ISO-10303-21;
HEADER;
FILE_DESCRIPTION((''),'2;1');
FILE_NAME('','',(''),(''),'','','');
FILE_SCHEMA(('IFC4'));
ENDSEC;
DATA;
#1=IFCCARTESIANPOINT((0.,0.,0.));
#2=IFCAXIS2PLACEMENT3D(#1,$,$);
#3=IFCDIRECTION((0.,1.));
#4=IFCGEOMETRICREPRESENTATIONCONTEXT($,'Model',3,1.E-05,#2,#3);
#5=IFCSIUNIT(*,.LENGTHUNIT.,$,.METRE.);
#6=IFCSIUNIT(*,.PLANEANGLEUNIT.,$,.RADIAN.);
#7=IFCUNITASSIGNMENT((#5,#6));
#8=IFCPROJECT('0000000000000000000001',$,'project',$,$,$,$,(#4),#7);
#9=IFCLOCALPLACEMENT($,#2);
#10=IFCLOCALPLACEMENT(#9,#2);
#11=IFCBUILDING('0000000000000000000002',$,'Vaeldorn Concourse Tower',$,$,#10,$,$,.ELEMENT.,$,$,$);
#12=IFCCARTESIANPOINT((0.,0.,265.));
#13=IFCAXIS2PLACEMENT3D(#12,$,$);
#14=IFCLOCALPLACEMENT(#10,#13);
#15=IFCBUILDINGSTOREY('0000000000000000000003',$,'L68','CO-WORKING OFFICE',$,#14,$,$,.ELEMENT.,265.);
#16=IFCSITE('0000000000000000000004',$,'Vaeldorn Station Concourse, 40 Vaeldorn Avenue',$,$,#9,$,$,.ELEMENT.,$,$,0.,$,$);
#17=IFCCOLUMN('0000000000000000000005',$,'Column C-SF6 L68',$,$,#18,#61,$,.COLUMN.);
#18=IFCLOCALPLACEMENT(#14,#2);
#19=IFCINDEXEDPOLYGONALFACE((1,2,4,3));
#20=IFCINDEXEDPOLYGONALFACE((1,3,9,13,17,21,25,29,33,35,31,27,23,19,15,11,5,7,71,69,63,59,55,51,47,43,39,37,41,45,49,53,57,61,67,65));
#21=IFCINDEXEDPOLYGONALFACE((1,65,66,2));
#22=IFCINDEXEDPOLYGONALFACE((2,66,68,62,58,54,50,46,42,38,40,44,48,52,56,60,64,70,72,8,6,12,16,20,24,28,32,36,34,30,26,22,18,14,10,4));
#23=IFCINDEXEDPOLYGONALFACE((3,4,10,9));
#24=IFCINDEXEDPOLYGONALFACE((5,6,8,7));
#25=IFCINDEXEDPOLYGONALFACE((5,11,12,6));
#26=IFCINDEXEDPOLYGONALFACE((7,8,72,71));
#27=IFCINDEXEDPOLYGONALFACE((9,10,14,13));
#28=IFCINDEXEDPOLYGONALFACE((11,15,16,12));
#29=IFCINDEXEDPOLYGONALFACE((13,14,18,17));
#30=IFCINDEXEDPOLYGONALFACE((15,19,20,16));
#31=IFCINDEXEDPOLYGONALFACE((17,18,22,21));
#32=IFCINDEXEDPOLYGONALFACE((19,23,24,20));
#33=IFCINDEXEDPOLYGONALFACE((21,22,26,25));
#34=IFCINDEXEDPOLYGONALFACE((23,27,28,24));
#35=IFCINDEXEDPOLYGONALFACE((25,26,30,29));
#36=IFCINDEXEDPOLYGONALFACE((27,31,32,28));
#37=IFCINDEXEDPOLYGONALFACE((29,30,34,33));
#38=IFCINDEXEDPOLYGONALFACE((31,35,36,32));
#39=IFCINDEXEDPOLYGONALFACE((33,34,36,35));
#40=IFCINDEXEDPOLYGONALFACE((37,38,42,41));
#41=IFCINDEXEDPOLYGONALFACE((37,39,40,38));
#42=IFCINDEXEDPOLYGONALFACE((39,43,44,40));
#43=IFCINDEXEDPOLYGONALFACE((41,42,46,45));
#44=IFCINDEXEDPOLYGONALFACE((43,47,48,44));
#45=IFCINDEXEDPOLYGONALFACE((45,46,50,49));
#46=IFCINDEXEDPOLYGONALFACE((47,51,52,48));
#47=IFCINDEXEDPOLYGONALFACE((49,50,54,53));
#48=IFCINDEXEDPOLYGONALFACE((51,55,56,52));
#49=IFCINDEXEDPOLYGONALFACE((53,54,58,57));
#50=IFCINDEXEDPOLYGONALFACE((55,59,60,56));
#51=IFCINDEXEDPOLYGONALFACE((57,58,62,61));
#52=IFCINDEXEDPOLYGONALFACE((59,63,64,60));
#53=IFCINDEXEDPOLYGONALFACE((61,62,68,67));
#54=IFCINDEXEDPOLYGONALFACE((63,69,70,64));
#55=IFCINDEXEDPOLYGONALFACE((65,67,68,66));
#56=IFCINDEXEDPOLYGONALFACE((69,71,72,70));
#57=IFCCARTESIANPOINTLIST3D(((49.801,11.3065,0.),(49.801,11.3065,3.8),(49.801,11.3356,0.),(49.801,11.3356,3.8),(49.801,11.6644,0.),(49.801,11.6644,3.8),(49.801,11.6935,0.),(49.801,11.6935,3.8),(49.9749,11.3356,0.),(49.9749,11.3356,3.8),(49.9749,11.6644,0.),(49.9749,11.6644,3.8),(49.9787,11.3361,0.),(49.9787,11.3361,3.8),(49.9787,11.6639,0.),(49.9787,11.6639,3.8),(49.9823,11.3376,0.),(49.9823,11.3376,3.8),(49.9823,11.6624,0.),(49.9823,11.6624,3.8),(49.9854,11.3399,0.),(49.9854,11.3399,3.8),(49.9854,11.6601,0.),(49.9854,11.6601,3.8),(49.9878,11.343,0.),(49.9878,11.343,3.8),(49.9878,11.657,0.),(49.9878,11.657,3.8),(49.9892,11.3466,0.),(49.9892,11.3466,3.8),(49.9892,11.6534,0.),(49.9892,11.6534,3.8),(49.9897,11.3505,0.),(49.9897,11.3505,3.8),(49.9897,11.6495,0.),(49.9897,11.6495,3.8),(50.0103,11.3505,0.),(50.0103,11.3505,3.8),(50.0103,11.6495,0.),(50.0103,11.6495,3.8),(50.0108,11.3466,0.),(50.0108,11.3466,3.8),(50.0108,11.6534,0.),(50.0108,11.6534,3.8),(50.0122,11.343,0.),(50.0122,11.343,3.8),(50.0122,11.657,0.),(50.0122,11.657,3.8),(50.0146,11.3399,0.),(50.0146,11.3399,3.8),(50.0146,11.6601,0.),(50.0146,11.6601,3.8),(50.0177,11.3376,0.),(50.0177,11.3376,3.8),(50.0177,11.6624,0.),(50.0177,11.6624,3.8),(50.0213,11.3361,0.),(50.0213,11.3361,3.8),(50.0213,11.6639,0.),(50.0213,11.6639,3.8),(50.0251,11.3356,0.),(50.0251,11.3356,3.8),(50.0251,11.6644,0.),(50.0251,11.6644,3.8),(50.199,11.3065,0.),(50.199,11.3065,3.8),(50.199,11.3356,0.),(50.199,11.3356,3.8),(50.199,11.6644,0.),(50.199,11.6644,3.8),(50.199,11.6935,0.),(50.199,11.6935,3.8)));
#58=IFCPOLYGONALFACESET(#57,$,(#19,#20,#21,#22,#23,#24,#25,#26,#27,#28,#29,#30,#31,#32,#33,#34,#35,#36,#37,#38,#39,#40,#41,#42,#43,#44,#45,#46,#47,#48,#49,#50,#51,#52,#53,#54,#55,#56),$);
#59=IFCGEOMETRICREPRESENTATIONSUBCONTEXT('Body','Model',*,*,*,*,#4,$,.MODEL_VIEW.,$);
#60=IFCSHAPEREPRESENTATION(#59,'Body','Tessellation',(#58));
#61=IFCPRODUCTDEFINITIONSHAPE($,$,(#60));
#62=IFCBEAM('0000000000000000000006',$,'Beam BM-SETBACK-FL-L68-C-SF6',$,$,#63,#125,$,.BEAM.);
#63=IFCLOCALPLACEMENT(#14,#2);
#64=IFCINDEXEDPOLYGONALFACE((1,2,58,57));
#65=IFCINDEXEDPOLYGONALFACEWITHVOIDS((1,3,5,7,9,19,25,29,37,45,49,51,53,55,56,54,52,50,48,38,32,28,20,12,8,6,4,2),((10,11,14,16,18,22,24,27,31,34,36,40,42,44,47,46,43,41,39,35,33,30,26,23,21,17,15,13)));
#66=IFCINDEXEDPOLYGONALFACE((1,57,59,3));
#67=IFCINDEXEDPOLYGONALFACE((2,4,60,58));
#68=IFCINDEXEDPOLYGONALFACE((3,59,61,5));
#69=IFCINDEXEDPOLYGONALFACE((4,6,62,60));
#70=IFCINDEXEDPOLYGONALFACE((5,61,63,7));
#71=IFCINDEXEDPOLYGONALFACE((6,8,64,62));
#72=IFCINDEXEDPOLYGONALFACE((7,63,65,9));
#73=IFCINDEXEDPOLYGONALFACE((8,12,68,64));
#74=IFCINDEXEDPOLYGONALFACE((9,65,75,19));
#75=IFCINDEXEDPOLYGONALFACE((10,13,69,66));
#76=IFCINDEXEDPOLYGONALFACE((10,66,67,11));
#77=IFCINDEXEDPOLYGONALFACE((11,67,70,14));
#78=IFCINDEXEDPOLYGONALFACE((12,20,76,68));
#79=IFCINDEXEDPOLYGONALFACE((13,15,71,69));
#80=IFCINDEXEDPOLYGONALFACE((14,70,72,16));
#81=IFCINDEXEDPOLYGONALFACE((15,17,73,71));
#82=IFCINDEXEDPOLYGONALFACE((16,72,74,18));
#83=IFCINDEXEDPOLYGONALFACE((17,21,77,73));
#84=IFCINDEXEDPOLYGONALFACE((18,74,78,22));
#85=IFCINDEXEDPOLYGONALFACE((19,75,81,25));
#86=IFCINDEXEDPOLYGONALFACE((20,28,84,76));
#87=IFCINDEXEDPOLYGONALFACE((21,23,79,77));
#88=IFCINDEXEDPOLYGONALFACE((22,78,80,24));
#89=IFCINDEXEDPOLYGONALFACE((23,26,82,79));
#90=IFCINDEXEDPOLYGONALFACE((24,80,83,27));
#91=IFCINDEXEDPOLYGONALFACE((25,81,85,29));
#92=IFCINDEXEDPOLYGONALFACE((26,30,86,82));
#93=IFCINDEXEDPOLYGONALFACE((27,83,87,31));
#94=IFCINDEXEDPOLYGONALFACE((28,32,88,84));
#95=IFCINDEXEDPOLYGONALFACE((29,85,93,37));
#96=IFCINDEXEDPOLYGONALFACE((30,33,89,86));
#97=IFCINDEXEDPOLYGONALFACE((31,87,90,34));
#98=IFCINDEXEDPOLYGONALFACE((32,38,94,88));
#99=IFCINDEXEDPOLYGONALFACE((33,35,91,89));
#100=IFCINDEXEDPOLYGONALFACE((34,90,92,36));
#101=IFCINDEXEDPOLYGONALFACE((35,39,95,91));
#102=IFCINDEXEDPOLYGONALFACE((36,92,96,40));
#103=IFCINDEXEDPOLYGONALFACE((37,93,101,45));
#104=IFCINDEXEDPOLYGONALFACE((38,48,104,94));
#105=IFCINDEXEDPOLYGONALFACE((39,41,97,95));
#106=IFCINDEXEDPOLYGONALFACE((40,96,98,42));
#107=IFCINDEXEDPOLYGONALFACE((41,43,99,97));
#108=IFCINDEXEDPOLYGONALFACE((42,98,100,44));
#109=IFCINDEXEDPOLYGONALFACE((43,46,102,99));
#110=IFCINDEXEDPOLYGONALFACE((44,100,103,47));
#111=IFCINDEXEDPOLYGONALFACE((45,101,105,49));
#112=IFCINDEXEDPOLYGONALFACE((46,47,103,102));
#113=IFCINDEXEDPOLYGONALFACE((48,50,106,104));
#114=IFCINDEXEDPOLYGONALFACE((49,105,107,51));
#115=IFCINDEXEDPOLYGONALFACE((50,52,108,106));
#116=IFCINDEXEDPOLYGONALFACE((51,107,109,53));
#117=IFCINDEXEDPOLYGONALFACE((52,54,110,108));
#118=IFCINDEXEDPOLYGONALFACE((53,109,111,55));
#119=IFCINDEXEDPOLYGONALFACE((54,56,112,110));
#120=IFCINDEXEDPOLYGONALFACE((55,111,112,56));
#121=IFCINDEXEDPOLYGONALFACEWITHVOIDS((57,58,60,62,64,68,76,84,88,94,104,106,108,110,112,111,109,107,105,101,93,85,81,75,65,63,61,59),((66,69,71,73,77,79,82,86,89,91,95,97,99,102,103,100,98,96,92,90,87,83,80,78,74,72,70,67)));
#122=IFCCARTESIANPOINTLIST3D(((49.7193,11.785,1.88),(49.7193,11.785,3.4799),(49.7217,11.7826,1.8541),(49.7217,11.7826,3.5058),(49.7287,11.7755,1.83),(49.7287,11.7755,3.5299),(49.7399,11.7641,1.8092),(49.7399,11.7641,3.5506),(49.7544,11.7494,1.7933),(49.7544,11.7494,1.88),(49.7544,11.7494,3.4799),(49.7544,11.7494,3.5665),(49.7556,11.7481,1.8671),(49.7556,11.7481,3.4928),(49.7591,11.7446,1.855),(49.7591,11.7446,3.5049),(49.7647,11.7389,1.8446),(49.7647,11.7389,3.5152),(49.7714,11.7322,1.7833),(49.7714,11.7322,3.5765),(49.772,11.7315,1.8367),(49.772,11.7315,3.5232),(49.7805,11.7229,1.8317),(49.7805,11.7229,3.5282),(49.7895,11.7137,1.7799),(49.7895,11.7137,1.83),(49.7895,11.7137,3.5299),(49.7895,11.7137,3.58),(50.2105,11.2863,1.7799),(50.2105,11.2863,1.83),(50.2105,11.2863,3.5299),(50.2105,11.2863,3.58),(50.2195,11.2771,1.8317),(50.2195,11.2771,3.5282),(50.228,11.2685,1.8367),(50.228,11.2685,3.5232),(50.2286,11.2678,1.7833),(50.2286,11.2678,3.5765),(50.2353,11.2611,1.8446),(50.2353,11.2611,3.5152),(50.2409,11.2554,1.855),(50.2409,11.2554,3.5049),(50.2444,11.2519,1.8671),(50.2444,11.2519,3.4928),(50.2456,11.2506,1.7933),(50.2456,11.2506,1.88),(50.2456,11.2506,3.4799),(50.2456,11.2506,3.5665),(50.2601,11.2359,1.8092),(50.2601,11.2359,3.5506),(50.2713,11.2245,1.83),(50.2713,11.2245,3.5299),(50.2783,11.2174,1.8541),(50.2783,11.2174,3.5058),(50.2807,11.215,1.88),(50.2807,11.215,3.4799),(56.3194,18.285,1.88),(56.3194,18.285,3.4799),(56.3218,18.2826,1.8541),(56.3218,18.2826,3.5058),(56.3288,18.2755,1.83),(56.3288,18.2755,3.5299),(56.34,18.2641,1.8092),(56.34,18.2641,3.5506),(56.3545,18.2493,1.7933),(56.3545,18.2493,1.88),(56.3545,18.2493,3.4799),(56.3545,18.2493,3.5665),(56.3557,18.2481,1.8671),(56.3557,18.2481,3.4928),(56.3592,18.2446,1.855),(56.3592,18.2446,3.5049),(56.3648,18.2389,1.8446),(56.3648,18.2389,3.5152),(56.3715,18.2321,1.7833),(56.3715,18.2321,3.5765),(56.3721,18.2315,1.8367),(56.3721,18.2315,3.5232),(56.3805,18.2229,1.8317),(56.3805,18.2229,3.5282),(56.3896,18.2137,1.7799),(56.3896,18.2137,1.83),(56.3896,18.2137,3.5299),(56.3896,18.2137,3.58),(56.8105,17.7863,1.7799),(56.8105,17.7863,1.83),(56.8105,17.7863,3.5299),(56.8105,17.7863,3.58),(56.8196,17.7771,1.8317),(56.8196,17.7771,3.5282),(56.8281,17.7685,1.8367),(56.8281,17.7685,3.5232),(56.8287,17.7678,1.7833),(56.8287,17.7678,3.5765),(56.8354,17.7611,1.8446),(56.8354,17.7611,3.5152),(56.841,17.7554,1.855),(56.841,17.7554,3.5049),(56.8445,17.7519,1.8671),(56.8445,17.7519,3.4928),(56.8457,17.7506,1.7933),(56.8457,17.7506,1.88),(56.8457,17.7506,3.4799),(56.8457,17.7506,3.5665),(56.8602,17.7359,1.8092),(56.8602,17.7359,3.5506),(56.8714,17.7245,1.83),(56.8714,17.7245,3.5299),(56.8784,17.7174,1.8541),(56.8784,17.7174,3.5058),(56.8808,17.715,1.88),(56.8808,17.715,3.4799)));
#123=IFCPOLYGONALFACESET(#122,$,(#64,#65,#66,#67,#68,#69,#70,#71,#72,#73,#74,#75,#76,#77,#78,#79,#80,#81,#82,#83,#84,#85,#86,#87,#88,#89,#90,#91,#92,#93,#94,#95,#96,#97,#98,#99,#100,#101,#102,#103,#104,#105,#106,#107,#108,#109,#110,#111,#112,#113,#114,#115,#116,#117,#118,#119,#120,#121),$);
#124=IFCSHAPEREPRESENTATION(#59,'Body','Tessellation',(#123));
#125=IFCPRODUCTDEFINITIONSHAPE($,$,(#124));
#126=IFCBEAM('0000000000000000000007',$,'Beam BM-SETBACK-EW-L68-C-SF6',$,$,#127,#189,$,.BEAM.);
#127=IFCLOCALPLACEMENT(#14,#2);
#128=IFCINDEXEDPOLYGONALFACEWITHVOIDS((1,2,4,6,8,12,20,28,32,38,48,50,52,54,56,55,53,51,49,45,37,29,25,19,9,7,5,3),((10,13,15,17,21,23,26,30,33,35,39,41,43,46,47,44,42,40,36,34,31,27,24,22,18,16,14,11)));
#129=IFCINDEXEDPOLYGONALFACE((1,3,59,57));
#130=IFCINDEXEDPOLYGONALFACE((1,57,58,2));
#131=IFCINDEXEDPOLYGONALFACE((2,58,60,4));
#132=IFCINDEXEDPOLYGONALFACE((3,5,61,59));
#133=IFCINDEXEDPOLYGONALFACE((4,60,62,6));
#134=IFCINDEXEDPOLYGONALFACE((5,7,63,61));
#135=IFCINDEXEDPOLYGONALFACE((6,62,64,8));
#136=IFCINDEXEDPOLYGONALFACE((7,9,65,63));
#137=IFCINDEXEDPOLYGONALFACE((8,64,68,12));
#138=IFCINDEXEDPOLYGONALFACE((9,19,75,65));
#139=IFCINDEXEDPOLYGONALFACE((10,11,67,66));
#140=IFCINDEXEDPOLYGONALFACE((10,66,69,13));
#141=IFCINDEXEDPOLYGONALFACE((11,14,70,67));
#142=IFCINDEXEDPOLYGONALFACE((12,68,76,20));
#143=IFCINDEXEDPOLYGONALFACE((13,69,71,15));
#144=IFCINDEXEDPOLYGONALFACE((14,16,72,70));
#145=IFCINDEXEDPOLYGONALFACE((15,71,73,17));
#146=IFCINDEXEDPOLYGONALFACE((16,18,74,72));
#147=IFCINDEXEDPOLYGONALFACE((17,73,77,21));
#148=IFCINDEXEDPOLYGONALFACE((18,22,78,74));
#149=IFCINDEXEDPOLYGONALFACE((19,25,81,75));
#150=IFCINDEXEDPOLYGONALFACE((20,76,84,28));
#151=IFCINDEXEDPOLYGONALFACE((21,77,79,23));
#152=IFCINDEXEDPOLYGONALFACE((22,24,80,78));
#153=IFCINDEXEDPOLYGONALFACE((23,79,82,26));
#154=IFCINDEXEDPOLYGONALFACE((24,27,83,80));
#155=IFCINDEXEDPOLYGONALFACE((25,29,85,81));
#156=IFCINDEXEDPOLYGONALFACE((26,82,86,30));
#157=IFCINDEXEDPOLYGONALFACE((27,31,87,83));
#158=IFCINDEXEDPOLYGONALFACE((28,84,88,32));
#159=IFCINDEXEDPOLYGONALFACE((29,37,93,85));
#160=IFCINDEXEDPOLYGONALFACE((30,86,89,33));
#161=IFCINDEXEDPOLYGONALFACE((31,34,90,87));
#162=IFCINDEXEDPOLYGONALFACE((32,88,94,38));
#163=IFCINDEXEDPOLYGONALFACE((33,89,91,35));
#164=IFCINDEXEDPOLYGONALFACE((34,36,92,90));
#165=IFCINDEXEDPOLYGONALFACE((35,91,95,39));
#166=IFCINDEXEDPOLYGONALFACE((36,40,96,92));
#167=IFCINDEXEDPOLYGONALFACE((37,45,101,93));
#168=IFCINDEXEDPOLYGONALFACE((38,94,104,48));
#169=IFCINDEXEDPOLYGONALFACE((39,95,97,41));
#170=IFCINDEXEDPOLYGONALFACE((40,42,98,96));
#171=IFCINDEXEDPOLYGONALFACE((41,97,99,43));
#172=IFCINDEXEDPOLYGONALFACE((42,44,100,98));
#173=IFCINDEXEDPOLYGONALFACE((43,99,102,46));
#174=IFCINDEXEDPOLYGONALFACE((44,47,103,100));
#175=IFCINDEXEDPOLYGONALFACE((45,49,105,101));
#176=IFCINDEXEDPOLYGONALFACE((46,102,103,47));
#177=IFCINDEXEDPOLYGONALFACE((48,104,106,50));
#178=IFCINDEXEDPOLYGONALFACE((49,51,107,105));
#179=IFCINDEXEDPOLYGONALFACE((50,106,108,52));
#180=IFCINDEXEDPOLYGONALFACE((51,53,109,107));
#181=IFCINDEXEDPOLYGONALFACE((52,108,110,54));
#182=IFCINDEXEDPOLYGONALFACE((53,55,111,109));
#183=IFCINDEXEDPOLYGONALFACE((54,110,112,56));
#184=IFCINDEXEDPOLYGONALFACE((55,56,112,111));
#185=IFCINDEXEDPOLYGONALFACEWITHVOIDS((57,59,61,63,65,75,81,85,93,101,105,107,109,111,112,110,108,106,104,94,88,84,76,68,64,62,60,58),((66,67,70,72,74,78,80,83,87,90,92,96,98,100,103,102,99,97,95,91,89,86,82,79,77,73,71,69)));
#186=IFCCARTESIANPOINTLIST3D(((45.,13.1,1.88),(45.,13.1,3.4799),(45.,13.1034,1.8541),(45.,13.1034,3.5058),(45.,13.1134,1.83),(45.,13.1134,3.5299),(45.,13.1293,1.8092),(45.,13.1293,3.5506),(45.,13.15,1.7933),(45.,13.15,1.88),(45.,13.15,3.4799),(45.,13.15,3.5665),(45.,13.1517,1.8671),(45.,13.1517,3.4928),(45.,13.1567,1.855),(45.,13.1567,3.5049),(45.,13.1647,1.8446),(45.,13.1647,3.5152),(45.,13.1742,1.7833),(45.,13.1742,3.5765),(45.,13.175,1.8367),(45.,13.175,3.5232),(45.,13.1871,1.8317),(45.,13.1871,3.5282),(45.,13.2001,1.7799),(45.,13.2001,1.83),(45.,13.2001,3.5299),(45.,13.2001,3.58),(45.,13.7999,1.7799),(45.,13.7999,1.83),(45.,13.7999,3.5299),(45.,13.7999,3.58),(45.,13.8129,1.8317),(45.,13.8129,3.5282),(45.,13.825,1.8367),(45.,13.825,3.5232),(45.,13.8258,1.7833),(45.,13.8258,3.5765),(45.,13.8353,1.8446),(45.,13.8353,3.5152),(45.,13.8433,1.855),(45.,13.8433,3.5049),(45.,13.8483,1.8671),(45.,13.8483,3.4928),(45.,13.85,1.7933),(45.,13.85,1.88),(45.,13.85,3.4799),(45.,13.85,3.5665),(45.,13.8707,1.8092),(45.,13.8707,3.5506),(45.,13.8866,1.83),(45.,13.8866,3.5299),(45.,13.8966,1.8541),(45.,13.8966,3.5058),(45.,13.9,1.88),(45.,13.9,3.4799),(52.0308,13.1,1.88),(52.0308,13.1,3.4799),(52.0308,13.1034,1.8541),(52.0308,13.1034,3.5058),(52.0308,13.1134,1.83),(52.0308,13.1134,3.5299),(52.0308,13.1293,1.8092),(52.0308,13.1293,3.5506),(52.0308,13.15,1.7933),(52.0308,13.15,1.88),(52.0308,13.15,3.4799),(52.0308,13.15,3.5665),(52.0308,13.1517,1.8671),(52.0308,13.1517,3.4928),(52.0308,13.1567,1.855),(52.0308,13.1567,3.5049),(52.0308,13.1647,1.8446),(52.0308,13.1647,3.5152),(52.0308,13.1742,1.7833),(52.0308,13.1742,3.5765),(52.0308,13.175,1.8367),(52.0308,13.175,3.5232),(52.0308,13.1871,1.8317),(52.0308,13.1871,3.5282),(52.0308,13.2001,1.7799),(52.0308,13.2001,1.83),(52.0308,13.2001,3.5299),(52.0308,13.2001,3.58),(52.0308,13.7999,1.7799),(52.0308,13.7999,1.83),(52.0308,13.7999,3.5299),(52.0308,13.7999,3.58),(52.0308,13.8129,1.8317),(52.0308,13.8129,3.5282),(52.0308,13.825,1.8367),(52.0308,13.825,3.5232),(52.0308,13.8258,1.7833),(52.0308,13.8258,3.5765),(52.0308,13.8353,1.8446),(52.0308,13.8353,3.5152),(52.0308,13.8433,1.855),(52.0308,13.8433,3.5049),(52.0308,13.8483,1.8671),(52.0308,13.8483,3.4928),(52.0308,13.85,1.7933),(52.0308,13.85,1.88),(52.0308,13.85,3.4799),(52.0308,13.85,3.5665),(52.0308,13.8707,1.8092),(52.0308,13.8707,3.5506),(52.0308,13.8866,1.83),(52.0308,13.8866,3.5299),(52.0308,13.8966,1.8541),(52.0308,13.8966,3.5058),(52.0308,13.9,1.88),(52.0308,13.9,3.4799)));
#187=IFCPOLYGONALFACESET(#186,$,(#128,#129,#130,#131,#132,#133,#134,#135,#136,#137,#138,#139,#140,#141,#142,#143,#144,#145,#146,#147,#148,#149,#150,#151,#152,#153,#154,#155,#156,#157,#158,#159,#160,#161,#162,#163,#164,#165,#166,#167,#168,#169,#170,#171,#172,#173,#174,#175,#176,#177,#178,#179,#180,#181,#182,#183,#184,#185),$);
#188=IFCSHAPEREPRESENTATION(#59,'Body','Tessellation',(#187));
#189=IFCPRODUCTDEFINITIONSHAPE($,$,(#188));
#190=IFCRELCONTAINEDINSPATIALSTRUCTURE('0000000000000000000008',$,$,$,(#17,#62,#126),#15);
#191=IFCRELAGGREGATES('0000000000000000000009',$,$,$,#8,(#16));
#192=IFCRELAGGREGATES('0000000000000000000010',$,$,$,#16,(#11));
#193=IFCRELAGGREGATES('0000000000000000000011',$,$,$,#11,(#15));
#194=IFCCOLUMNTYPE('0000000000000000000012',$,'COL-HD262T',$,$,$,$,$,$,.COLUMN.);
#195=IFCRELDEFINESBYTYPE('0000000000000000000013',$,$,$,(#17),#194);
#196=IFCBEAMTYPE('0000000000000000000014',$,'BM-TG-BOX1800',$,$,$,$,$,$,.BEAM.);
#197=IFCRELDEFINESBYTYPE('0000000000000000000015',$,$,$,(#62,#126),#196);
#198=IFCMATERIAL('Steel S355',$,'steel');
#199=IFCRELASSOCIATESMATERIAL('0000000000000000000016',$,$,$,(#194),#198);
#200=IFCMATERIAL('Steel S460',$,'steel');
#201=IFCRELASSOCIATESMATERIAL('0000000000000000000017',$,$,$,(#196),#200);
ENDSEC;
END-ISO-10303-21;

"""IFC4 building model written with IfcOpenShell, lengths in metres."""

from ifc_helpers import new_model, si_unit, direction, frame, origin, origin_2d, place, context, subcontext, project, spatial, hollow_rectangle, i_section, extrude, source, transform, mapped, material, material_profile, profile_set, type_object, element, save


model = new_model("IFC4")

# Units and contexts
model_context = context("Model", 3, precision=1e-05, world=origin(), true_north=direction((0.0, 1.0)))
body_context = subcontext(model_context, "Body", "Model", "MODEL_VIEW")
ifc_project = project(units=[si_unit("LENGTHUNIT", "METRE"), si_unit("PLANEANGLEUNIT", "RADIAN")], contexts=[model_context])

# Site, building, storey
site_placement = place(None, origin())
site = spatial("IfcSite", under=ifc_project, at=site_placement, Name="Vaeldorn Station Concourse, 40 Vaeldorn Avenue", CompositionType="ELEMENT", RefElevation=0.0)
building_placement = place(site_placement, origin())
building = spatial("IfcBuilding", under=site, at=building_placement, Name="Vaeldorn Concourse Tower", CompositionType="ELEMENT")
storey_placement = place(building_placement, frame((0.0, 0.0, 265.0)))
storey = spatial("IfcBuildingStorey", under=building, at=storey_placement, Name="L68", Description="CO-WORKING OFFICE", CompositionType="ELEMENT", Elevation=265.0)

# Column
ifc_material_1 = material(Name="Steel S355", Category="steel")
ifc_material_profile_1 = material_profile(ifc_material_1, i_section(OverallWidth=0.3979, OverallDepth=0.387, WebThickness=0.0205, FlangeThickness=0.0291, FilletRadius=0.0149, at=origin_2d()), Name="HD 400x262")
ifc_profile_set_1 = profile_set([ifc_material_profile_1], Name="Steel S355")
column_type = type_object("IfcColumnType", Name="COL-HD262T", PredefinedType="COLUMN", material=ifc_profile_set_1)
shared_shape_1 = source(origin(), body_context, "Body", "SweptSolid", [
    extrude(i_section(OverallWidth=0.3979, OverallDepth=0.387, WebThickness=0.0205, FlangeThickness=0.0291, FilletRadius=0.0149, at=origin_2d()), origin(), (0.0, 0.0, 1.0), 3.8),
])
column_placement = place(storey_placement, frame((50.0, 11.5, 0.0), z_axis=(0.0, 0.0, 1.0), x_axis=(1.0, 0.0, 0.0)))
element("IfcColumn", 1, at=column_placement, inside=storey, type_object=column_type, Name="Column C-SF6 L68", PredefinedType="COLUMN", context=body_context, shape_type="MappedRepresentation", body=[
    mapped(shared_shape_1, transform((0.0, 0.0, 0.0), scale=1.0)),
])

# Beams
ifc_material_2 = material(Name="Steel S460", Category="steel")
ifc_material_profile_2 = material_profile(ifc_material_2, hollow_rectangle(XDim=0.8, YDim=1.8, WallThickness=0.05, InnerFilletRadius=0.05, OuterFilletRadius=0.1001, at=origin_2d()), Name="RHS 1800x800x50")
ifc_profile_set_2 = profile_set([ifc_material_profile_2], Name="Steel S460")
beam_type = type_object("IfcBeamType", Name="BM-TG-BOX1800", PredefinedType="BEAM", material=ifc_profile_set_2)
shared_shape_2 = source(origin(), body_context, "Body", "SweptSolid", [
    extrude(hollow_rectangle(XDim=0.8, YDim=1.8, WallThickness=0.05, InnerFilletRadius=0.05, OuterFilletRadius=0.1001, at=origin_2d()), origin(), (0.0, 0.0, 1.0), 9.2634),
])
beam_1_placement = place(storey_placement, frame((50.0, 11.5, 2.6799), z_axis=(0.712489, 0.701683, 0.0), x_axis=(-0.701683, 0.712489, 0.0)))
element("IfcBeam", 2, at=beam_1_placement, inside=storey, type_object=beam_type, Name="Beam BM-SETBACK-FL-L68-C-SF6", PredefinedType="BEAM", context=body_context, shape_type="MappedRepresentation", body=[
    mapped(shared_shape_2, transform((0.0, 0.0, 0.0), scale=1.0)),
])
shared_shape_3 = source(origin(), body_context, "Body", "SweptSolid", [
    extrude(hollow_rectangle(XDim=0.8, YDim=1.8, WallThickness=0.05, InnerFilletRadius=0.05, OuterFilletRadius=0.1001, at=origin_2d()), origin(), (0.0, 0.0, 1.0), 7.0308),
])
beam_2_placement = place(storey_placement, frame((52.0308, 13.5, 2.6799), z_axis=(-1.0, 0.0, 0.0), x_axis=(0.0, -1.0, 0.0)))
element("IfcBeam", 3, at=beam_2_placement, inside=storey, type_object=beam_type, Name="Beam BM-SETBACK-EW-L68-C-SF6", PredefinedType="BEAM", context=body_context, shape_type="MappedRepresentation", body=[
    mapped(shared_shape_3, transform((0.0, 0.0, 0.0), scale=1.0)),
])

save(model, "model.ifc")
